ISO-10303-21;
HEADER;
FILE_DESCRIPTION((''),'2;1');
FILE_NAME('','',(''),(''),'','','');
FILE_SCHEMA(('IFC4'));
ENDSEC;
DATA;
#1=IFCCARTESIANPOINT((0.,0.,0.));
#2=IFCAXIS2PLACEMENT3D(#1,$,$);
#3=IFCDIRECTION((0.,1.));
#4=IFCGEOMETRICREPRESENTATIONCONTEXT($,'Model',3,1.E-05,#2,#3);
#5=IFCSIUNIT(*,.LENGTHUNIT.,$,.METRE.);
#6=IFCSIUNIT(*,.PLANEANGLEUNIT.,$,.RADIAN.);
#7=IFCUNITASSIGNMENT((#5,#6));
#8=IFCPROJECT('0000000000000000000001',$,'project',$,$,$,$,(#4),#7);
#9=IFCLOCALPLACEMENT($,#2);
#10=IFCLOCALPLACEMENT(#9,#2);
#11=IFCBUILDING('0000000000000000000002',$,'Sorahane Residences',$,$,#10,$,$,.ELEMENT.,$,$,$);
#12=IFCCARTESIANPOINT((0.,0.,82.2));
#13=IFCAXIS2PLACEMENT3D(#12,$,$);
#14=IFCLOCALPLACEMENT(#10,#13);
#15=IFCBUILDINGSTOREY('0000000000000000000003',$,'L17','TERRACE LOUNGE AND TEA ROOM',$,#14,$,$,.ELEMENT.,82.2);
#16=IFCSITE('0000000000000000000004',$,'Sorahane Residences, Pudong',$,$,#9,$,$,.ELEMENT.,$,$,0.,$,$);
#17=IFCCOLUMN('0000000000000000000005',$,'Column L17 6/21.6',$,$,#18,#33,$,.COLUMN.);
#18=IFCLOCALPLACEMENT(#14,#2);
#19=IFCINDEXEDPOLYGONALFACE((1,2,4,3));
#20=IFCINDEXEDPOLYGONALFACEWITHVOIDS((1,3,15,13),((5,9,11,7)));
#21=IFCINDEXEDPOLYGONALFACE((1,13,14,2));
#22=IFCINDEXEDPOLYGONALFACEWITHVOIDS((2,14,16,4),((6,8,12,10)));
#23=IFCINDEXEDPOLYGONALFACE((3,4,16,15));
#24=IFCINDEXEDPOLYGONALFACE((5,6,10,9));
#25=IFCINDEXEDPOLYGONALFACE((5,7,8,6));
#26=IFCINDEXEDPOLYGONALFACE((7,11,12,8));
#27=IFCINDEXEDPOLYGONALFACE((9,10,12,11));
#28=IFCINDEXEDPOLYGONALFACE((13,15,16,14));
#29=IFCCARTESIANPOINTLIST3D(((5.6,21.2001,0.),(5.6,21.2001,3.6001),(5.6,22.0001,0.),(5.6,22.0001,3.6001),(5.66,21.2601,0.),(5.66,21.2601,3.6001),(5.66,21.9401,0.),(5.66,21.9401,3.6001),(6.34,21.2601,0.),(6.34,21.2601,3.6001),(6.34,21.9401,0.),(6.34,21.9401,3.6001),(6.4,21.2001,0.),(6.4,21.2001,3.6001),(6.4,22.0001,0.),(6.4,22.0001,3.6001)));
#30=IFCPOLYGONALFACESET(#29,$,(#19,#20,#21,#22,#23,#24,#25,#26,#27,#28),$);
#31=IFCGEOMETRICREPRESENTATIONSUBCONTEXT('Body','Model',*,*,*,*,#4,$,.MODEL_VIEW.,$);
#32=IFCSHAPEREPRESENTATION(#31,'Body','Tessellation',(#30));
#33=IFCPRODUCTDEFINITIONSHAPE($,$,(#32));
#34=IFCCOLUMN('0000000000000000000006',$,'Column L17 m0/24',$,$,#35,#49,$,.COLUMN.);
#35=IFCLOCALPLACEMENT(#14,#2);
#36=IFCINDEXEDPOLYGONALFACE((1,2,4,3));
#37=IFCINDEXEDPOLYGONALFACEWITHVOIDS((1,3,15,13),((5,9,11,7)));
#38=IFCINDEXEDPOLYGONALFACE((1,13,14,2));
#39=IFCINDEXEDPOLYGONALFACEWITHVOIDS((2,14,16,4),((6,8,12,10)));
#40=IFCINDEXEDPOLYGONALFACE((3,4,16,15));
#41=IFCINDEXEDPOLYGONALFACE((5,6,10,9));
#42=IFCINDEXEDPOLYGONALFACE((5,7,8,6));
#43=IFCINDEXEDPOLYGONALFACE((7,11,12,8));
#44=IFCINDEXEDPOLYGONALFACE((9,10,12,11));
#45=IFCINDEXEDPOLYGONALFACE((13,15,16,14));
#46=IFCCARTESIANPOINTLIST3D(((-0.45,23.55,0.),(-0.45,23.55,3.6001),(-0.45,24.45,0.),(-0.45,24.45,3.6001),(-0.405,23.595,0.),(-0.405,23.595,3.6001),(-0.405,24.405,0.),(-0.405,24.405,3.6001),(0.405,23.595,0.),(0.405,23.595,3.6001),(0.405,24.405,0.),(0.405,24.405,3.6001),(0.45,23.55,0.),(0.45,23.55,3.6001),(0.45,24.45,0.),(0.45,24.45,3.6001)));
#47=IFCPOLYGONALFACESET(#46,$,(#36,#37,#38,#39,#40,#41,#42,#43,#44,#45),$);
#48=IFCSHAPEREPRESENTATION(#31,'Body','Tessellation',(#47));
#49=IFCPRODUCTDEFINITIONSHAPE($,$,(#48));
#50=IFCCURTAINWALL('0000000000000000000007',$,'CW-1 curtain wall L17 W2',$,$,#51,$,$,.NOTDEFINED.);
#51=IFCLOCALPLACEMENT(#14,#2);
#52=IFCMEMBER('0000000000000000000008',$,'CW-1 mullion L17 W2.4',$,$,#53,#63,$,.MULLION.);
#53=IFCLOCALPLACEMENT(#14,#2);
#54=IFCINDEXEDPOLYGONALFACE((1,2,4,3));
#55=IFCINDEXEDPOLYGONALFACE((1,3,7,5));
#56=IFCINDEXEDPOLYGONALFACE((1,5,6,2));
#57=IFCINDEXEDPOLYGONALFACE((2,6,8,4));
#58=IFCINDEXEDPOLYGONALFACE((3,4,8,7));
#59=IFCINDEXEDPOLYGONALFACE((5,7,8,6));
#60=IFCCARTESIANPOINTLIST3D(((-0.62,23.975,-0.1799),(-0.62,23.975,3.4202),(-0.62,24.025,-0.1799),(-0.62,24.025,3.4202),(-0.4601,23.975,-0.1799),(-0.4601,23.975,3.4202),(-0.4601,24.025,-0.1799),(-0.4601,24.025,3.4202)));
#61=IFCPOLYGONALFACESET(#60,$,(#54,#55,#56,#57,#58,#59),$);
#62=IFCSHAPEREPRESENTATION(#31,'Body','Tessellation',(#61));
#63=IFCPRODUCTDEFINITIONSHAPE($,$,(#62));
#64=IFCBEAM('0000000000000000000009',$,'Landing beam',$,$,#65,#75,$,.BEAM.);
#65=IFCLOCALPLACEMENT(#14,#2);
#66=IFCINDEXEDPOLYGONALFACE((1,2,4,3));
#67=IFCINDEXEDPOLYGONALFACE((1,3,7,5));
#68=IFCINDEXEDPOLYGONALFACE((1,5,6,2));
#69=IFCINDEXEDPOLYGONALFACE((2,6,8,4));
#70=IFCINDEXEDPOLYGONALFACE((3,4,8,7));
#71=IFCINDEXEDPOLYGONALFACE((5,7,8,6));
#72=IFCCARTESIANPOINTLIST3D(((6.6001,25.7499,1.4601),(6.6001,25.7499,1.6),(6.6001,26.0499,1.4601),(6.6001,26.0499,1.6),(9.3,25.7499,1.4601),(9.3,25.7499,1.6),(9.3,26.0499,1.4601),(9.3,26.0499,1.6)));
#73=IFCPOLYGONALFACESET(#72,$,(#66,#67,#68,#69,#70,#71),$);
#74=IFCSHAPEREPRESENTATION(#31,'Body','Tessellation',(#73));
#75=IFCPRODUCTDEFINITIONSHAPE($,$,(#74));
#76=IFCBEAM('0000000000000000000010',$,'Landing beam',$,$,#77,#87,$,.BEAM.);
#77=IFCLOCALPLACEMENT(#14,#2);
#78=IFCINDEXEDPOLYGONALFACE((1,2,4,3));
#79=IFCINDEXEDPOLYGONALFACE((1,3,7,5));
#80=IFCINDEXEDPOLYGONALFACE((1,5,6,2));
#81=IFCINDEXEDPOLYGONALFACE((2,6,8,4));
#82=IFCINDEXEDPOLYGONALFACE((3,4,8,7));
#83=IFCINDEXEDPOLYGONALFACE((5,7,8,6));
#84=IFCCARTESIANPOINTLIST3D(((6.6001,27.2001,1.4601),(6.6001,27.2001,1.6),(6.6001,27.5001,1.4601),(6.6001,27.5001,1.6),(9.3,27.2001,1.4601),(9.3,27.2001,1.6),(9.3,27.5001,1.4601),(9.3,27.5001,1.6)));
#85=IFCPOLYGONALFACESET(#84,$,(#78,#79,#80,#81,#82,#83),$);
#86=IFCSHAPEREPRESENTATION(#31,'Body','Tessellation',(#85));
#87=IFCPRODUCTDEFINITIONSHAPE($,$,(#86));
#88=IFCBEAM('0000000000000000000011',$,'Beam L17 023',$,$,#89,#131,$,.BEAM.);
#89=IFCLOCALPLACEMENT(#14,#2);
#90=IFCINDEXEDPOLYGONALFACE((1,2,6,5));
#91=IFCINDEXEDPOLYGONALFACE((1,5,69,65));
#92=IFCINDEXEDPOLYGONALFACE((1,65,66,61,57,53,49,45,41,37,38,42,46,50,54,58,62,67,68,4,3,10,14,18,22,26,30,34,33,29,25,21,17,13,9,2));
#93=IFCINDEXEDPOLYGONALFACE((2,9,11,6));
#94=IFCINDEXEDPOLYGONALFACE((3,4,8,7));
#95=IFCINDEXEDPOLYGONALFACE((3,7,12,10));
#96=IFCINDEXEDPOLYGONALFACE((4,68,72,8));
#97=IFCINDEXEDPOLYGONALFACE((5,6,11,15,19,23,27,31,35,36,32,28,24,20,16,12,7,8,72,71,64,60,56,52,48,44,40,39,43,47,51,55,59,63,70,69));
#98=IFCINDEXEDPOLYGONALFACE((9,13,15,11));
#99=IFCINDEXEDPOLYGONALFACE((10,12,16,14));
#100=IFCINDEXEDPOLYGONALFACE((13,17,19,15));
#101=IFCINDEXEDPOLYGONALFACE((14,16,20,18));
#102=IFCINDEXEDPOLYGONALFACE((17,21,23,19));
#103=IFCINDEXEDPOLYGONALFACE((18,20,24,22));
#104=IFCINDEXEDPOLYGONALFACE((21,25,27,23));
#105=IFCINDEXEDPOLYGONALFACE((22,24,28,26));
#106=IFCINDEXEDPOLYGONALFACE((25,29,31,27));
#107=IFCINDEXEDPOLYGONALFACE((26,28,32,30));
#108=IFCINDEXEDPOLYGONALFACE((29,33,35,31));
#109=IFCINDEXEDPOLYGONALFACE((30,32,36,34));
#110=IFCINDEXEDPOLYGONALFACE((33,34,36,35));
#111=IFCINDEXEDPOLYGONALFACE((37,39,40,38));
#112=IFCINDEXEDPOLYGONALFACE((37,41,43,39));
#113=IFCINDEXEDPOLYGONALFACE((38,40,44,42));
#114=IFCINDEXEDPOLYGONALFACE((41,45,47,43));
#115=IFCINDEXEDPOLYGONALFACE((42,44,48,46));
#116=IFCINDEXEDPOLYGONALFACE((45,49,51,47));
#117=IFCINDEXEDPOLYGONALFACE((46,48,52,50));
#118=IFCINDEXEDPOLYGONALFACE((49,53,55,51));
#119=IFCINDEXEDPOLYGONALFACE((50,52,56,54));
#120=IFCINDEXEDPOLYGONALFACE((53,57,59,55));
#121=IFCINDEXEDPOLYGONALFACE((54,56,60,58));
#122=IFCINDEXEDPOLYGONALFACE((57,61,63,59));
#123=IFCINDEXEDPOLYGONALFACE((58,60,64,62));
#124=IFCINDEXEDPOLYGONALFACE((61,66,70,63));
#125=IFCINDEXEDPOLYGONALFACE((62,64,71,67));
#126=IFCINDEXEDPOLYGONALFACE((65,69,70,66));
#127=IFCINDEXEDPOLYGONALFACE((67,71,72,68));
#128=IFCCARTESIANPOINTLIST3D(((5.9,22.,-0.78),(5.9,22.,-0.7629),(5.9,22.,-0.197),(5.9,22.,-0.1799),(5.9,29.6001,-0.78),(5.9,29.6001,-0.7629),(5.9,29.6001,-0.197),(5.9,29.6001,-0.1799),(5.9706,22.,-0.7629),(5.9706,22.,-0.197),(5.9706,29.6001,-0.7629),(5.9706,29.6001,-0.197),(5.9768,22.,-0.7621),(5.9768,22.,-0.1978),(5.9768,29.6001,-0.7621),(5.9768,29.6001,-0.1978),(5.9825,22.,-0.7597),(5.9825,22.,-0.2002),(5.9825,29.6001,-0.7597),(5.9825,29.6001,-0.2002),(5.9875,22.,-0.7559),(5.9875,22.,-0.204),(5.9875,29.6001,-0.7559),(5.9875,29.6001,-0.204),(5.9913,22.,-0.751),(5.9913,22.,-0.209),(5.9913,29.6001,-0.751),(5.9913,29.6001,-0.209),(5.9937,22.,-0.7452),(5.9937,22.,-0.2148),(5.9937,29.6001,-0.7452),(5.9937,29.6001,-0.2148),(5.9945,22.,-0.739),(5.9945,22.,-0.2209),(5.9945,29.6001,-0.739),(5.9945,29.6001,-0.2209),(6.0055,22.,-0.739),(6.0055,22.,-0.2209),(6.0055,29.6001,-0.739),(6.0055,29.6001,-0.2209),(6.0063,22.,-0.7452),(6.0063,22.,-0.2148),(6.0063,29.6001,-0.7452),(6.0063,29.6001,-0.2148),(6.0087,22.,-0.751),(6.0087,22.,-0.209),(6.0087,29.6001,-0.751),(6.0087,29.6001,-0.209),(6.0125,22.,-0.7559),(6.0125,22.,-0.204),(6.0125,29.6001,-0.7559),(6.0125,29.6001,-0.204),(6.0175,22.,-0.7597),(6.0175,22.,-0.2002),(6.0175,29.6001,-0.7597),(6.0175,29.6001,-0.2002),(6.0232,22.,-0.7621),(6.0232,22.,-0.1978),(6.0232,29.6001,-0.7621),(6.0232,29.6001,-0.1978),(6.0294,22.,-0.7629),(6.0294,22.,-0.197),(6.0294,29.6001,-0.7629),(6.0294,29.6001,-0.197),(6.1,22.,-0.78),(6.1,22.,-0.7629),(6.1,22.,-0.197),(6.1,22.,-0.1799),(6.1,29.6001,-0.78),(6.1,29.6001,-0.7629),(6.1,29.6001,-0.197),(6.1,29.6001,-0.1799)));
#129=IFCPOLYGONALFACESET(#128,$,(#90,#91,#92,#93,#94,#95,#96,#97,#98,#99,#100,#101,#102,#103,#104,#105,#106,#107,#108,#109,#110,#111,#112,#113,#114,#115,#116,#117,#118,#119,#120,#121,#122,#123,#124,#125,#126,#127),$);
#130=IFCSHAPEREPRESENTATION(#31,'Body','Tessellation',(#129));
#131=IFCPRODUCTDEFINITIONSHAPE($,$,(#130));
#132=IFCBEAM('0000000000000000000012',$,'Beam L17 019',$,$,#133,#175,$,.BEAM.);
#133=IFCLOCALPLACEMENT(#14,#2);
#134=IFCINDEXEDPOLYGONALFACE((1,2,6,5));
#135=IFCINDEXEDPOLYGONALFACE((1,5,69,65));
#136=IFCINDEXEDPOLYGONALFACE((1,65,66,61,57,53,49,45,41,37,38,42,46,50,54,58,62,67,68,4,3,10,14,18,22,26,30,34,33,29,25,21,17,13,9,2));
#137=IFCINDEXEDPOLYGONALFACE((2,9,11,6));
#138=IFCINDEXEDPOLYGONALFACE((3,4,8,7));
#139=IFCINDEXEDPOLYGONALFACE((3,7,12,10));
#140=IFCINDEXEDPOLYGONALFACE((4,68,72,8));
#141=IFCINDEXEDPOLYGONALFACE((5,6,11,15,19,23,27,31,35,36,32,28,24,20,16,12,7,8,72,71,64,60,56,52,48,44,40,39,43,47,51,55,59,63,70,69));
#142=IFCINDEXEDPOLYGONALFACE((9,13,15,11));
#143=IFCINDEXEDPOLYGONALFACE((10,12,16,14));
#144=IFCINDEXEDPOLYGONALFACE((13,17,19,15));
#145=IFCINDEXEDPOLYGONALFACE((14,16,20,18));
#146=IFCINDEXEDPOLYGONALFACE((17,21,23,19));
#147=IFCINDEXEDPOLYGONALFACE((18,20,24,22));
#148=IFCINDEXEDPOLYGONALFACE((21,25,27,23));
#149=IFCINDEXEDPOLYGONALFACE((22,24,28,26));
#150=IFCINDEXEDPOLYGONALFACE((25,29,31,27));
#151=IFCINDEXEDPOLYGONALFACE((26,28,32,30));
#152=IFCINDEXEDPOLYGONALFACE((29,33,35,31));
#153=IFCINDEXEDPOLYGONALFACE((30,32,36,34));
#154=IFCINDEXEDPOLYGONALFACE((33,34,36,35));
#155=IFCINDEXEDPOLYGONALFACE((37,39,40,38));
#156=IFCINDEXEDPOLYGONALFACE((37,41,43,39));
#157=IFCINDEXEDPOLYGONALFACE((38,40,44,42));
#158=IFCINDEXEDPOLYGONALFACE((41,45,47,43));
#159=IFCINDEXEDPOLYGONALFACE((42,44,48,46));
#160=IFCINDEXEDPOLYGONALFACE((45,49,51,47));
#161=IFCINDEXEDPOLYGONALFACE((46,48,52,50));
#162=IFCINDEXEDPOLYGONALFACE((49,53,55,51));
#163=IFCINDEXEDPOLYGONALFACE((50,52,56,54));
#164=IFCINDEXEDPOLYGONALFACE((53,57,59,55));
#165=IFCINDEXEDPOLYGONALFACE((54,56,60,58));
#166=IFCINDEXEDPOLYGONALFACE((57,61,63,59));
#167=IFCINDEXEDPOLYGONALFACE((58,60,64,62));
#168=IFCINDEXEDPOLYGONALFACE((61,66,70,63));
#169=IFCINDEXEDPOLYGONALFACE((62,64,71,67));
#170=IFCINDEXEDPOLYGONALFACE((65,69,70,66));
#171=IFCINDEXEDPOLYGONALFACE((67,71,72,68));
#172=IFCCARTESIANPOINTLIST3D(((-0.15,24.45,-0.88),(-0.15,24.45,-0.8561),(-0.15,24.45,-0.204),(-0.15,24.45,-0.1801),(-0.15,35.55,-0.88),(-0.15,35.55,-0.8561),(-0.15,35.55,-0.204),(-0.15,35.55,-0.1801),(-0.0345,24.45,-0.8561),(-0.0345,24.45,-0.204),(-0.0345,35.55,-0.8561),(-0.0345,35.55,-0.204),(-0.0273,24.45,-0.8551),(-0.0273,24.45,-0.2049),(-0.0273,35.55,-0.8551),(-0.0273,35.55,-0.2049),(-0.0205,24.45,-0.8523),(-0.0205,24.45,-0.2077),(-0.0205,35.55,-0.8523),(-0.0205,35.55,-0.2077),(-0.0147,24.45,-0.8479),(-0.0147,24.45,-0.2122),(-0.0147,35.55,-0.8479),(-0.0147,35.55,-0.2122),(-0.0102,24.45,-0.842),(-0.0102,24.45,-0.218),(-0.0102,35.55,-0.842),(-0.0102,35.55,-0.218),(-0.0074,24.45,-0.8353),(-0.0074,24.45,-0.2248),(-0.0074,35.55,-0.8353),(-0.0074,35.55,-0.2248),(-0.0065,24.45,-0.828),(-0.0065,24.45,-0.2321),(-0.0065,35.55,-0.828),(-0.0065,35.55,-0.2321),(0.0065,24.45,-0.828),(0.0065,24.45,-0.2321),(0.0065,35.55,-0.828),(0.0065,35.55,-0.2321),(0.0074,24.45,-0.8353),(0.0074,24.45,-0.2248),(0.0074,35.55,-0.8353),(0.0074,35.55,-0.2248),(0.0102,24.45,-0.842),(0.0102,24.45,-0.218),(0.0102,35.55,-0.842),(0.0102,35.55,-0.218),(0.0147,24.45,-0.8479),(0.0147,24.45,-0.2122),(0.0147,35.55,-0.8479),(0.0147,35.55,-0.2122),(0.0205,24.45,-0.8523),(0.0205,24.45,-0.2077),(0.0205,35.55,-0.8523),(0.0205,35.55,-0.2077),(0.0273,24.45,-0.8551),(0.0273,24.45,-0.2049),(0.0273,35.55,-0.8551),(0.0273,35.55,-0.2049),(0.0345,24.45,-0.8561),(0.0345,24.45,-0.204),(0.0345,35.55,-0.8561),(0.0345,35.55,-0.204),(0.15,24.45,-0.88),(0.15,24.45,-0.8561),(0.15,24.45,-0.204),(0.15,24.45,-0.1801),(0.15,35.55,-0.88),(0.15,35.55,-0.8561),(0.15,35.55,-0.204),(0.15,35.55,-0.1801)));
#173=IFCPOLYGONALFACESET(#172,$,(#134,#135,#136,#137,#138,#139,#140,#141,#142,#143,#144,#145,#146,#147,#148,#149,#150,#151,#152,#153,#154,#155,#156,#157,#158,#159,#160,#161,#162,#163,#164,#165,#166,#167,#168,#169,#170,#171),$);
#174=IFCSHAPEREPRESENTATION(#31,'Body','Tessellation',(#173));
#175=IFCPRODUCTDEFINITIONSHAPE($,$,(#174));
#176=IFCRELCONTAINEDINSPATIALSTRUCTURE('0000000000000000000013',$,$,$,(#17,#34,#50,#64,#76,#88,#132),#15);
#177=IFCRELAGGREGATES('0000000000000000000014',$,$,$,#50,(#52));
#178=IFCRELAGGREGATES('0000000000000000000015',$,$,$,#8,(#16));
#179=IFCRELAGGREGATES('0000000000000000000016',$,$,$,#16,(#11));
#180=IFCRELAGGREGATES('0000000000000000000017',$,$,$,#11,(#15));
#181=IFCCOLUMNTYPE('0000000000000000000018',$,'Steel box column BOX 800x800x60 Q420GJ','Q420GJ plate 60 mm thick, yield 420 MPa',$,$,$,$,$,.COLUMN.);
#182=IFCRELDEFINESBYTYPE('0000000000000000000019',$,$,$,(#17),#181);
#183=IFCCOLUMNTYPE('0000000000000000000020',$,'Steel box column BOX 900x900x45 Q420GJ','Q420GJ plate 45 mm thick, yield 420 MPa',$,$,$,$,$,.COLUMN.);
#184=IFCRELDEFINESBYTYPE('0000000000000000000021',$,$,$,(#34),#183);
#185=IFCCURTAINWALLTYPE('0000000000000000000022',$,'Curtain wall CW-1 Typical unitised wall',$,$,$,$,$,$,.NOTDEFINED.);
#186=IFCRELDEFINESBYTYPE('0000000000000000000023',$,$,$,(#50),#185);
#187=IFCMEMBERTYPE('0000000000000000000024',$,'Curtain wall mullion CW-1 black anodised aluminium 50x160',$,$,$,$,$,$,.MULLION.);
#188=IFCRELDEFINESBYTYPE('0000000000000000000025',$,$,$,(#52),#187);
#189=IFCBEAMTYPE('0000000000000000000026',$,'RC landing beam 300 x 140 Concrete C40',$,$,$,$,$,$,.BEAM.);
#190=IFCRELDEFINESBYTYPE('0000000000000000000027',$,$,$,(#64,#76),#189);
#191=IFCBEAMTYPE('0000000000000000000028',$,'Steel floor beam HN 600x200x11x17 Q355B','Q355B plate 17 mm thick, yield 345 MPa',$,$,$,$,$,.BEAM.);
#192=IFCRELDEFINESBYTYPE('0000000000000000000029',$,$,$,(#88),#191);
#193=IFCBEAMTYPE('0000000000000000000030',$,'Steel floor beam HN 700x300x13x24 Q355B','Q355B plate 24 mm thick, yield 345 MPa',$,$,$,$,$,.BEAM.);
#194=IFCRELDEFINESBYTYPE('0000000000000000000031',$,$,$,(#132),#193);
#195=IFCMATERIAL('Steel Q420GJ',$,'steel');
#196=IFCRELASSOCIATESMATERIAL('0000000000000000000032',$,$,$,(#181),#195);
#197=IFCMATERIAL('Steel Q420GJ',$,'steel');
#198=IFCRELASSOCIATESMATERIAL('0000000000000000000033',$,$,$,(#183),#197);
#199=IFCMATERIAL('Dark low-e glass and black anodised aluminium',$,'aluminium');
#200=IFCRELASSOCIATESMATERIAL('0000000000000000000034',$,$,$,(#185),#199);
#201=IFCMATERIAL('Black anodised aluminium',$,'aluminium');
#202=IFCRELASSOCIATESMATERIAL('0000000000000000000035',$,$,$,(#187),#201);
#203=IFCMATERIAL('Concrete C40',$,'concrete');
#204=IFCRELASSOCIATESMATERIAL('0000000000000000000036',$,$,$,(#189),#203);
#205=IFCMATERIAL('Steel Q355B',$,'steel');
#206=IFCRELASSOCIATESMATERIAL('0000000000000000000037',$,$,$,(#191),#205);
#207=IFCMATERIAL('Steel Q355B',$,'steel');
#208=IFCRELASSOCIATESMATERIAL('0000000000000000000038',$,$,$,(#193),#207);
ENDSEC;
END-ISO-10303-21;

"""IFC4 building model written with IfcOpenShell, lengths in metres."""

from ifc_helpers import new_model, si_unit, direction, frame, origin, origin_2d, place, context, subcontext, project, spatial, rectangle, hollow_rectangle, i_section, extrude, material, material_profile, profile_set, type_object, element, aggregate, save


model = new_model("IFC4")

# Units and contexts
model_context = context("Model", 3, precision=1e-05, world=origin(), true_north=direction((0.0, 1.0)))
body_context = subcontext(model_context, "Body", "Model", "MODEL_VIEW")
ifc_project = project(units=[si_unit("LENGTHUNIT", "METRE"), si_unit("PLANEANGLEUNIT", "RADIAN")], contexts=[model_context])

# Site, building, storey
site_placement = place(None, origin())
site = spatial("IfcSite", under=ifc_project, at=site_placement, Name="Sorahane Residences, Pudong", CompositionType="ELEMENT", RefElevation=0.0)
building_placement = place(site_placement, origin())
building = spatial("IfcBuilding", under=site, at=building_placement, Name="Sorahane Residences", CompositionType="ELEMENT")
storey_placement = place(building_placement, frame((0.0, 0.0, 82.2)))
storey = spatial("IfcBuildingStorey", under=building, at=storey_placement, Name="L17", Description="TERRACE LOUNGE AND TEA ROOM", CompositionType="ELEMENT", Elevation=82.2)

# Columns
ifc_material_1 = material(Name="Steel Q420GJ", Category="steel")
ifc_material_profile_1 = material_profile(ifc_material_1, hollow_rectangle(XDim=0.8, YDim=0.8, WallThickness=0.0601, at=origin_2d()), Name="BOX 800x800x60")
ifc_profile_set_1 = profile_set([ifc_material_profile_1], Name="Steel Q420GJ")
column_type_1 = type_object("IfcColumnType", Name="Steel box column BOX 800x800x60 Q420GJ", Description="Q420GJ plate 60 mm thick, yield 420 MPa", PredefinedType="COLUMN", material=ifc_profile_set_1)
column_1_placement = place(storey_placement, frame((6.0, 21.6001, 0.0), z_axis=(0.0, 0.0, 1.0), x_axis=(1.0, 0.0, 0.0)))
element("IfcColumn", 1, at=column_1_placement, inside=storey, type_object=column_type_1, Name="Column L17 6/21.6", PredefinedType="COLUMN", context=body_context, shape_type="SweptSolid", body=[
    extrude(hollow_rectangle(XDim=0.8, YDim=0.8, WallThickness=0.0601, at=origin_2d()), origin(), (0.0, 0.0, 1.0), 3.6001),
])
ifc_material_2 = material(Name="Steel Q420GJ", Category="steel")
ifc_material_profile_2 = material_profile(ifc_material_2, hollow_rectangle(XDim=0.8999, YDim=0.8999, WallThickness=0.0449, at=origin_2d()), Name="BOX 900x900x45")
ifc_profile_set_2 = profile_set([ifc_material_profile_2], Name="Steel Q420GJ")
column_type_2 = type_object("IfcColumnType", Name="Steel box column BOX 900x900x45 Q420GJ", Description="Q420GJ plate 45 mm thick, yield 420 MPa", PredefinedType="COLUMN", material=ifc_profile_set_2)
column_2_placement = place(storey_placement, frame((0.0, 24.0, 0.0), z_axis=(0.0, 0.0, 1.0), x_axis=(1.0, 0.0, 0.0)))
element("IfcColumn", 2, at=column_2_placement, inside=storey, type_object=column_type_2, Name="Column L17 m0/24", PredefinedType="COLUMN", context=body_context, shape_type="SweptSolid", body=[
    extrude(hollow_rectangle(XDim=0.8999, YDim=0.8999, WallThickness=0.0449, at=origin_2d()), origin(), (0.0, 0.0, 1.0), 3.6001),
])

# Curtain wall, member
ifc_material_3 = material(Name="Dark low-e glass and black anodised aluminium", Category="aluminium")
curtain_wall_type = type_object("IfcCurtainWallType", Name="Curtain wall CW-1 Typical unitised wall", PredefinedType="NOTDEFINED", material=ifc_material_3)
curtain_wall_placement = place(storey_placement, origin())
curtain_wall = element("IfcCurtainWall", 3, at=curtain_wall_placement, inside=storey, type_object=curtain_wall_type, Name="CW-1 curtain wall L17 W2", PredefinedType="NOTDEFINED")
ifc_material_4 = material(Name="Black anodised aluminium", Category="aluminium")
ifc_material_profile_3 = material_profile(ifc_material_4, rectangle(XDim=0.1599, YDim=0.05, at=origin_2d()), Name="Curtain wall mullion CW-1 black anodised aluminium 50x160")
ifc_profile_set_3 = profile_set([ifc_material_profile_3], Name="Black anodised aluminium")
member_type = type_object("IfcMemberType", Name="Curtain wall mullion CW-1 black anodised aluminium 50x160", PredefinedType="MULLION", material=ifc_profile_set_3)
member_placement = place(storey_placement, frame((-0.54, 24.0, -0.1799), z_axis=(0.0, 0.0, 1.0), x_axis=(-1.0, 0.0, 0.0)))
member = element("IfcMember", 4, at=member_placement, type_object=member_type, Name="CW-1 mullion L17 W2.4", PredefinedType="MULLION", context=body_context, shape_type="SweptSolid", body=[
    extrude(rectangle(XDim=0.1599, YDim=0.05, at=origin_2d()), origin(), (0.0, 0.0, 1.0), 3.6001),
])

# Beams
ifc_material_5 = material(Name="Concrete C40", Category="concrete")
ifc_material_profile_4 = material_profile(ifc_material_5, rectangle(XDim=0.3, YDim=0.1399, at=origin_2d()), Name="300x140")
ifc_profile_set_4 = profile_set([ifc_material_profile_4], Name="Concrete C40")
beam_type_1 = type_object("IfcBeamType", Name="RC landing beam 300 x 140 Concrete C40", PredefinedType="BEAM", material=ifc_profile_set_4)
for number, where, z_axis, x_axis, name in (
    (5, (6.6001, 25.8999, 1.53), (1.0, 0.0, 0.0), (0.0, 1.0, 0.0), "Landing beam"),
    (6, (6.6001, 27.3501, 1.53), (1.0, 0.0, 0.0), (0.0, 1.0, 0.0), "Landing beam"),
):
    element("IfcBeam", number, at=place(storey_placement, frame(where, z_axis=z_axis, x_axis=x_axis)), inside=storey, type_object=beam_type_1, Name=name, PredefinedType="BEAM", context=body_context, shape_type="SweptSolid", body=[
        extrude(rectangle(XDim=0.3, YDim=0.1399, at=origin_2d()), origin(), (0.0, 0.0, 1.0), 2.7),
    ])
ifc_material_6 = material(Name="Steel Q355B", Category="steel")
ifc_material_profile_5 = material_profile(ifc_material_6, i_section(OverallWidth=0.2, OverallDepth=0.6001, WebThickness=0.011, FlangeThickness=0.0171, FilletRadius=0.0239, at=origin_2d()), Name="HN 600x200x11x17")
ifc_profile_set_5 = profile_set([ifc_material_profile_5], Name="Steel Q355B")
beam_type_2 = type_object("IfcBeamType", Name="Steel floor beam HN 600x200x11x17 Q355B", Description="Q355B plate 17 mm thick, yield 345 MPa", PredefinedType="BEAM", material=ifc_profile_set_5)
beam_1_placement = place(storey_placement, frame((6.0, 22.0, -0.48), z_axis=(0.0, 1.0, 0.0), x_axis=(-1.0, 0.0, 0.0)))
element("IfcBeam", 7, at=beam_1_placement, inside=storey, type_object=beam_type_2, Name="Beam L17 023", PredefinedType="BEAM", context=body_context, shape_type="SweptSolid", body=[
    extrude(i_section(OverallWidth=0.2, OverallDepth=0.6001, WebThickness=0.011, FlangeThickness=0.0171, FilletRadius=0.0239, at=origin_2d()), origin(), (0.0, 0.0, 1.0), 7.6001),
])
ifc_material_7 = material(Name="Steel Q355B", Category="steel")
ifc_material_profile_6 = material_profile(ifc_material_7, i_section(OverallWidth=0.3, OverallDepth=0.7, WebThickness=0.0129, FlangeThickness=0.0239, FilletRadius=0.0281, at=origin_2d()), Name="HN 700x300x13x24")
ifc_profile_set_6 = profile_set([ifc_material_profile_6], Name="Steel Q355B")
beam_type_3 = type_object("IfcBeamType", Name="Steel floor beam HN 700x300x13x24 Q355B", Description="Q355B plate 24 mm thick, yield 345 MPa", PredefinedType="BEAM", material=ifc_profile_set_6)
beam_2_placement = place(storey_placement, frame((0.0, 24.45, -0.53), z_axis=(0.0, 1.0, 0.0), x_axis=(-1.0, 0.0, 0.0)))
element("IfcBeam", 8, at=beam_2_placement, inside=storey, type_object=beam_type_3, Name="Beam L17 019", PredefinedType="BEAM", context=body_context, shape_type="SweptSolid", body=[
    extrude(i_section(OverallWidth=0.3, OverallDepth=0.7, WebThickness=0.0129, FlangeThickness=0.0239, FilletRadius=0.0281, at=origin_2d()), origin(), (0.0, 0.0, 1.0), 11.1001),
])

aggregate(curtain_wall, [member])

save(model, "model.ifc")
